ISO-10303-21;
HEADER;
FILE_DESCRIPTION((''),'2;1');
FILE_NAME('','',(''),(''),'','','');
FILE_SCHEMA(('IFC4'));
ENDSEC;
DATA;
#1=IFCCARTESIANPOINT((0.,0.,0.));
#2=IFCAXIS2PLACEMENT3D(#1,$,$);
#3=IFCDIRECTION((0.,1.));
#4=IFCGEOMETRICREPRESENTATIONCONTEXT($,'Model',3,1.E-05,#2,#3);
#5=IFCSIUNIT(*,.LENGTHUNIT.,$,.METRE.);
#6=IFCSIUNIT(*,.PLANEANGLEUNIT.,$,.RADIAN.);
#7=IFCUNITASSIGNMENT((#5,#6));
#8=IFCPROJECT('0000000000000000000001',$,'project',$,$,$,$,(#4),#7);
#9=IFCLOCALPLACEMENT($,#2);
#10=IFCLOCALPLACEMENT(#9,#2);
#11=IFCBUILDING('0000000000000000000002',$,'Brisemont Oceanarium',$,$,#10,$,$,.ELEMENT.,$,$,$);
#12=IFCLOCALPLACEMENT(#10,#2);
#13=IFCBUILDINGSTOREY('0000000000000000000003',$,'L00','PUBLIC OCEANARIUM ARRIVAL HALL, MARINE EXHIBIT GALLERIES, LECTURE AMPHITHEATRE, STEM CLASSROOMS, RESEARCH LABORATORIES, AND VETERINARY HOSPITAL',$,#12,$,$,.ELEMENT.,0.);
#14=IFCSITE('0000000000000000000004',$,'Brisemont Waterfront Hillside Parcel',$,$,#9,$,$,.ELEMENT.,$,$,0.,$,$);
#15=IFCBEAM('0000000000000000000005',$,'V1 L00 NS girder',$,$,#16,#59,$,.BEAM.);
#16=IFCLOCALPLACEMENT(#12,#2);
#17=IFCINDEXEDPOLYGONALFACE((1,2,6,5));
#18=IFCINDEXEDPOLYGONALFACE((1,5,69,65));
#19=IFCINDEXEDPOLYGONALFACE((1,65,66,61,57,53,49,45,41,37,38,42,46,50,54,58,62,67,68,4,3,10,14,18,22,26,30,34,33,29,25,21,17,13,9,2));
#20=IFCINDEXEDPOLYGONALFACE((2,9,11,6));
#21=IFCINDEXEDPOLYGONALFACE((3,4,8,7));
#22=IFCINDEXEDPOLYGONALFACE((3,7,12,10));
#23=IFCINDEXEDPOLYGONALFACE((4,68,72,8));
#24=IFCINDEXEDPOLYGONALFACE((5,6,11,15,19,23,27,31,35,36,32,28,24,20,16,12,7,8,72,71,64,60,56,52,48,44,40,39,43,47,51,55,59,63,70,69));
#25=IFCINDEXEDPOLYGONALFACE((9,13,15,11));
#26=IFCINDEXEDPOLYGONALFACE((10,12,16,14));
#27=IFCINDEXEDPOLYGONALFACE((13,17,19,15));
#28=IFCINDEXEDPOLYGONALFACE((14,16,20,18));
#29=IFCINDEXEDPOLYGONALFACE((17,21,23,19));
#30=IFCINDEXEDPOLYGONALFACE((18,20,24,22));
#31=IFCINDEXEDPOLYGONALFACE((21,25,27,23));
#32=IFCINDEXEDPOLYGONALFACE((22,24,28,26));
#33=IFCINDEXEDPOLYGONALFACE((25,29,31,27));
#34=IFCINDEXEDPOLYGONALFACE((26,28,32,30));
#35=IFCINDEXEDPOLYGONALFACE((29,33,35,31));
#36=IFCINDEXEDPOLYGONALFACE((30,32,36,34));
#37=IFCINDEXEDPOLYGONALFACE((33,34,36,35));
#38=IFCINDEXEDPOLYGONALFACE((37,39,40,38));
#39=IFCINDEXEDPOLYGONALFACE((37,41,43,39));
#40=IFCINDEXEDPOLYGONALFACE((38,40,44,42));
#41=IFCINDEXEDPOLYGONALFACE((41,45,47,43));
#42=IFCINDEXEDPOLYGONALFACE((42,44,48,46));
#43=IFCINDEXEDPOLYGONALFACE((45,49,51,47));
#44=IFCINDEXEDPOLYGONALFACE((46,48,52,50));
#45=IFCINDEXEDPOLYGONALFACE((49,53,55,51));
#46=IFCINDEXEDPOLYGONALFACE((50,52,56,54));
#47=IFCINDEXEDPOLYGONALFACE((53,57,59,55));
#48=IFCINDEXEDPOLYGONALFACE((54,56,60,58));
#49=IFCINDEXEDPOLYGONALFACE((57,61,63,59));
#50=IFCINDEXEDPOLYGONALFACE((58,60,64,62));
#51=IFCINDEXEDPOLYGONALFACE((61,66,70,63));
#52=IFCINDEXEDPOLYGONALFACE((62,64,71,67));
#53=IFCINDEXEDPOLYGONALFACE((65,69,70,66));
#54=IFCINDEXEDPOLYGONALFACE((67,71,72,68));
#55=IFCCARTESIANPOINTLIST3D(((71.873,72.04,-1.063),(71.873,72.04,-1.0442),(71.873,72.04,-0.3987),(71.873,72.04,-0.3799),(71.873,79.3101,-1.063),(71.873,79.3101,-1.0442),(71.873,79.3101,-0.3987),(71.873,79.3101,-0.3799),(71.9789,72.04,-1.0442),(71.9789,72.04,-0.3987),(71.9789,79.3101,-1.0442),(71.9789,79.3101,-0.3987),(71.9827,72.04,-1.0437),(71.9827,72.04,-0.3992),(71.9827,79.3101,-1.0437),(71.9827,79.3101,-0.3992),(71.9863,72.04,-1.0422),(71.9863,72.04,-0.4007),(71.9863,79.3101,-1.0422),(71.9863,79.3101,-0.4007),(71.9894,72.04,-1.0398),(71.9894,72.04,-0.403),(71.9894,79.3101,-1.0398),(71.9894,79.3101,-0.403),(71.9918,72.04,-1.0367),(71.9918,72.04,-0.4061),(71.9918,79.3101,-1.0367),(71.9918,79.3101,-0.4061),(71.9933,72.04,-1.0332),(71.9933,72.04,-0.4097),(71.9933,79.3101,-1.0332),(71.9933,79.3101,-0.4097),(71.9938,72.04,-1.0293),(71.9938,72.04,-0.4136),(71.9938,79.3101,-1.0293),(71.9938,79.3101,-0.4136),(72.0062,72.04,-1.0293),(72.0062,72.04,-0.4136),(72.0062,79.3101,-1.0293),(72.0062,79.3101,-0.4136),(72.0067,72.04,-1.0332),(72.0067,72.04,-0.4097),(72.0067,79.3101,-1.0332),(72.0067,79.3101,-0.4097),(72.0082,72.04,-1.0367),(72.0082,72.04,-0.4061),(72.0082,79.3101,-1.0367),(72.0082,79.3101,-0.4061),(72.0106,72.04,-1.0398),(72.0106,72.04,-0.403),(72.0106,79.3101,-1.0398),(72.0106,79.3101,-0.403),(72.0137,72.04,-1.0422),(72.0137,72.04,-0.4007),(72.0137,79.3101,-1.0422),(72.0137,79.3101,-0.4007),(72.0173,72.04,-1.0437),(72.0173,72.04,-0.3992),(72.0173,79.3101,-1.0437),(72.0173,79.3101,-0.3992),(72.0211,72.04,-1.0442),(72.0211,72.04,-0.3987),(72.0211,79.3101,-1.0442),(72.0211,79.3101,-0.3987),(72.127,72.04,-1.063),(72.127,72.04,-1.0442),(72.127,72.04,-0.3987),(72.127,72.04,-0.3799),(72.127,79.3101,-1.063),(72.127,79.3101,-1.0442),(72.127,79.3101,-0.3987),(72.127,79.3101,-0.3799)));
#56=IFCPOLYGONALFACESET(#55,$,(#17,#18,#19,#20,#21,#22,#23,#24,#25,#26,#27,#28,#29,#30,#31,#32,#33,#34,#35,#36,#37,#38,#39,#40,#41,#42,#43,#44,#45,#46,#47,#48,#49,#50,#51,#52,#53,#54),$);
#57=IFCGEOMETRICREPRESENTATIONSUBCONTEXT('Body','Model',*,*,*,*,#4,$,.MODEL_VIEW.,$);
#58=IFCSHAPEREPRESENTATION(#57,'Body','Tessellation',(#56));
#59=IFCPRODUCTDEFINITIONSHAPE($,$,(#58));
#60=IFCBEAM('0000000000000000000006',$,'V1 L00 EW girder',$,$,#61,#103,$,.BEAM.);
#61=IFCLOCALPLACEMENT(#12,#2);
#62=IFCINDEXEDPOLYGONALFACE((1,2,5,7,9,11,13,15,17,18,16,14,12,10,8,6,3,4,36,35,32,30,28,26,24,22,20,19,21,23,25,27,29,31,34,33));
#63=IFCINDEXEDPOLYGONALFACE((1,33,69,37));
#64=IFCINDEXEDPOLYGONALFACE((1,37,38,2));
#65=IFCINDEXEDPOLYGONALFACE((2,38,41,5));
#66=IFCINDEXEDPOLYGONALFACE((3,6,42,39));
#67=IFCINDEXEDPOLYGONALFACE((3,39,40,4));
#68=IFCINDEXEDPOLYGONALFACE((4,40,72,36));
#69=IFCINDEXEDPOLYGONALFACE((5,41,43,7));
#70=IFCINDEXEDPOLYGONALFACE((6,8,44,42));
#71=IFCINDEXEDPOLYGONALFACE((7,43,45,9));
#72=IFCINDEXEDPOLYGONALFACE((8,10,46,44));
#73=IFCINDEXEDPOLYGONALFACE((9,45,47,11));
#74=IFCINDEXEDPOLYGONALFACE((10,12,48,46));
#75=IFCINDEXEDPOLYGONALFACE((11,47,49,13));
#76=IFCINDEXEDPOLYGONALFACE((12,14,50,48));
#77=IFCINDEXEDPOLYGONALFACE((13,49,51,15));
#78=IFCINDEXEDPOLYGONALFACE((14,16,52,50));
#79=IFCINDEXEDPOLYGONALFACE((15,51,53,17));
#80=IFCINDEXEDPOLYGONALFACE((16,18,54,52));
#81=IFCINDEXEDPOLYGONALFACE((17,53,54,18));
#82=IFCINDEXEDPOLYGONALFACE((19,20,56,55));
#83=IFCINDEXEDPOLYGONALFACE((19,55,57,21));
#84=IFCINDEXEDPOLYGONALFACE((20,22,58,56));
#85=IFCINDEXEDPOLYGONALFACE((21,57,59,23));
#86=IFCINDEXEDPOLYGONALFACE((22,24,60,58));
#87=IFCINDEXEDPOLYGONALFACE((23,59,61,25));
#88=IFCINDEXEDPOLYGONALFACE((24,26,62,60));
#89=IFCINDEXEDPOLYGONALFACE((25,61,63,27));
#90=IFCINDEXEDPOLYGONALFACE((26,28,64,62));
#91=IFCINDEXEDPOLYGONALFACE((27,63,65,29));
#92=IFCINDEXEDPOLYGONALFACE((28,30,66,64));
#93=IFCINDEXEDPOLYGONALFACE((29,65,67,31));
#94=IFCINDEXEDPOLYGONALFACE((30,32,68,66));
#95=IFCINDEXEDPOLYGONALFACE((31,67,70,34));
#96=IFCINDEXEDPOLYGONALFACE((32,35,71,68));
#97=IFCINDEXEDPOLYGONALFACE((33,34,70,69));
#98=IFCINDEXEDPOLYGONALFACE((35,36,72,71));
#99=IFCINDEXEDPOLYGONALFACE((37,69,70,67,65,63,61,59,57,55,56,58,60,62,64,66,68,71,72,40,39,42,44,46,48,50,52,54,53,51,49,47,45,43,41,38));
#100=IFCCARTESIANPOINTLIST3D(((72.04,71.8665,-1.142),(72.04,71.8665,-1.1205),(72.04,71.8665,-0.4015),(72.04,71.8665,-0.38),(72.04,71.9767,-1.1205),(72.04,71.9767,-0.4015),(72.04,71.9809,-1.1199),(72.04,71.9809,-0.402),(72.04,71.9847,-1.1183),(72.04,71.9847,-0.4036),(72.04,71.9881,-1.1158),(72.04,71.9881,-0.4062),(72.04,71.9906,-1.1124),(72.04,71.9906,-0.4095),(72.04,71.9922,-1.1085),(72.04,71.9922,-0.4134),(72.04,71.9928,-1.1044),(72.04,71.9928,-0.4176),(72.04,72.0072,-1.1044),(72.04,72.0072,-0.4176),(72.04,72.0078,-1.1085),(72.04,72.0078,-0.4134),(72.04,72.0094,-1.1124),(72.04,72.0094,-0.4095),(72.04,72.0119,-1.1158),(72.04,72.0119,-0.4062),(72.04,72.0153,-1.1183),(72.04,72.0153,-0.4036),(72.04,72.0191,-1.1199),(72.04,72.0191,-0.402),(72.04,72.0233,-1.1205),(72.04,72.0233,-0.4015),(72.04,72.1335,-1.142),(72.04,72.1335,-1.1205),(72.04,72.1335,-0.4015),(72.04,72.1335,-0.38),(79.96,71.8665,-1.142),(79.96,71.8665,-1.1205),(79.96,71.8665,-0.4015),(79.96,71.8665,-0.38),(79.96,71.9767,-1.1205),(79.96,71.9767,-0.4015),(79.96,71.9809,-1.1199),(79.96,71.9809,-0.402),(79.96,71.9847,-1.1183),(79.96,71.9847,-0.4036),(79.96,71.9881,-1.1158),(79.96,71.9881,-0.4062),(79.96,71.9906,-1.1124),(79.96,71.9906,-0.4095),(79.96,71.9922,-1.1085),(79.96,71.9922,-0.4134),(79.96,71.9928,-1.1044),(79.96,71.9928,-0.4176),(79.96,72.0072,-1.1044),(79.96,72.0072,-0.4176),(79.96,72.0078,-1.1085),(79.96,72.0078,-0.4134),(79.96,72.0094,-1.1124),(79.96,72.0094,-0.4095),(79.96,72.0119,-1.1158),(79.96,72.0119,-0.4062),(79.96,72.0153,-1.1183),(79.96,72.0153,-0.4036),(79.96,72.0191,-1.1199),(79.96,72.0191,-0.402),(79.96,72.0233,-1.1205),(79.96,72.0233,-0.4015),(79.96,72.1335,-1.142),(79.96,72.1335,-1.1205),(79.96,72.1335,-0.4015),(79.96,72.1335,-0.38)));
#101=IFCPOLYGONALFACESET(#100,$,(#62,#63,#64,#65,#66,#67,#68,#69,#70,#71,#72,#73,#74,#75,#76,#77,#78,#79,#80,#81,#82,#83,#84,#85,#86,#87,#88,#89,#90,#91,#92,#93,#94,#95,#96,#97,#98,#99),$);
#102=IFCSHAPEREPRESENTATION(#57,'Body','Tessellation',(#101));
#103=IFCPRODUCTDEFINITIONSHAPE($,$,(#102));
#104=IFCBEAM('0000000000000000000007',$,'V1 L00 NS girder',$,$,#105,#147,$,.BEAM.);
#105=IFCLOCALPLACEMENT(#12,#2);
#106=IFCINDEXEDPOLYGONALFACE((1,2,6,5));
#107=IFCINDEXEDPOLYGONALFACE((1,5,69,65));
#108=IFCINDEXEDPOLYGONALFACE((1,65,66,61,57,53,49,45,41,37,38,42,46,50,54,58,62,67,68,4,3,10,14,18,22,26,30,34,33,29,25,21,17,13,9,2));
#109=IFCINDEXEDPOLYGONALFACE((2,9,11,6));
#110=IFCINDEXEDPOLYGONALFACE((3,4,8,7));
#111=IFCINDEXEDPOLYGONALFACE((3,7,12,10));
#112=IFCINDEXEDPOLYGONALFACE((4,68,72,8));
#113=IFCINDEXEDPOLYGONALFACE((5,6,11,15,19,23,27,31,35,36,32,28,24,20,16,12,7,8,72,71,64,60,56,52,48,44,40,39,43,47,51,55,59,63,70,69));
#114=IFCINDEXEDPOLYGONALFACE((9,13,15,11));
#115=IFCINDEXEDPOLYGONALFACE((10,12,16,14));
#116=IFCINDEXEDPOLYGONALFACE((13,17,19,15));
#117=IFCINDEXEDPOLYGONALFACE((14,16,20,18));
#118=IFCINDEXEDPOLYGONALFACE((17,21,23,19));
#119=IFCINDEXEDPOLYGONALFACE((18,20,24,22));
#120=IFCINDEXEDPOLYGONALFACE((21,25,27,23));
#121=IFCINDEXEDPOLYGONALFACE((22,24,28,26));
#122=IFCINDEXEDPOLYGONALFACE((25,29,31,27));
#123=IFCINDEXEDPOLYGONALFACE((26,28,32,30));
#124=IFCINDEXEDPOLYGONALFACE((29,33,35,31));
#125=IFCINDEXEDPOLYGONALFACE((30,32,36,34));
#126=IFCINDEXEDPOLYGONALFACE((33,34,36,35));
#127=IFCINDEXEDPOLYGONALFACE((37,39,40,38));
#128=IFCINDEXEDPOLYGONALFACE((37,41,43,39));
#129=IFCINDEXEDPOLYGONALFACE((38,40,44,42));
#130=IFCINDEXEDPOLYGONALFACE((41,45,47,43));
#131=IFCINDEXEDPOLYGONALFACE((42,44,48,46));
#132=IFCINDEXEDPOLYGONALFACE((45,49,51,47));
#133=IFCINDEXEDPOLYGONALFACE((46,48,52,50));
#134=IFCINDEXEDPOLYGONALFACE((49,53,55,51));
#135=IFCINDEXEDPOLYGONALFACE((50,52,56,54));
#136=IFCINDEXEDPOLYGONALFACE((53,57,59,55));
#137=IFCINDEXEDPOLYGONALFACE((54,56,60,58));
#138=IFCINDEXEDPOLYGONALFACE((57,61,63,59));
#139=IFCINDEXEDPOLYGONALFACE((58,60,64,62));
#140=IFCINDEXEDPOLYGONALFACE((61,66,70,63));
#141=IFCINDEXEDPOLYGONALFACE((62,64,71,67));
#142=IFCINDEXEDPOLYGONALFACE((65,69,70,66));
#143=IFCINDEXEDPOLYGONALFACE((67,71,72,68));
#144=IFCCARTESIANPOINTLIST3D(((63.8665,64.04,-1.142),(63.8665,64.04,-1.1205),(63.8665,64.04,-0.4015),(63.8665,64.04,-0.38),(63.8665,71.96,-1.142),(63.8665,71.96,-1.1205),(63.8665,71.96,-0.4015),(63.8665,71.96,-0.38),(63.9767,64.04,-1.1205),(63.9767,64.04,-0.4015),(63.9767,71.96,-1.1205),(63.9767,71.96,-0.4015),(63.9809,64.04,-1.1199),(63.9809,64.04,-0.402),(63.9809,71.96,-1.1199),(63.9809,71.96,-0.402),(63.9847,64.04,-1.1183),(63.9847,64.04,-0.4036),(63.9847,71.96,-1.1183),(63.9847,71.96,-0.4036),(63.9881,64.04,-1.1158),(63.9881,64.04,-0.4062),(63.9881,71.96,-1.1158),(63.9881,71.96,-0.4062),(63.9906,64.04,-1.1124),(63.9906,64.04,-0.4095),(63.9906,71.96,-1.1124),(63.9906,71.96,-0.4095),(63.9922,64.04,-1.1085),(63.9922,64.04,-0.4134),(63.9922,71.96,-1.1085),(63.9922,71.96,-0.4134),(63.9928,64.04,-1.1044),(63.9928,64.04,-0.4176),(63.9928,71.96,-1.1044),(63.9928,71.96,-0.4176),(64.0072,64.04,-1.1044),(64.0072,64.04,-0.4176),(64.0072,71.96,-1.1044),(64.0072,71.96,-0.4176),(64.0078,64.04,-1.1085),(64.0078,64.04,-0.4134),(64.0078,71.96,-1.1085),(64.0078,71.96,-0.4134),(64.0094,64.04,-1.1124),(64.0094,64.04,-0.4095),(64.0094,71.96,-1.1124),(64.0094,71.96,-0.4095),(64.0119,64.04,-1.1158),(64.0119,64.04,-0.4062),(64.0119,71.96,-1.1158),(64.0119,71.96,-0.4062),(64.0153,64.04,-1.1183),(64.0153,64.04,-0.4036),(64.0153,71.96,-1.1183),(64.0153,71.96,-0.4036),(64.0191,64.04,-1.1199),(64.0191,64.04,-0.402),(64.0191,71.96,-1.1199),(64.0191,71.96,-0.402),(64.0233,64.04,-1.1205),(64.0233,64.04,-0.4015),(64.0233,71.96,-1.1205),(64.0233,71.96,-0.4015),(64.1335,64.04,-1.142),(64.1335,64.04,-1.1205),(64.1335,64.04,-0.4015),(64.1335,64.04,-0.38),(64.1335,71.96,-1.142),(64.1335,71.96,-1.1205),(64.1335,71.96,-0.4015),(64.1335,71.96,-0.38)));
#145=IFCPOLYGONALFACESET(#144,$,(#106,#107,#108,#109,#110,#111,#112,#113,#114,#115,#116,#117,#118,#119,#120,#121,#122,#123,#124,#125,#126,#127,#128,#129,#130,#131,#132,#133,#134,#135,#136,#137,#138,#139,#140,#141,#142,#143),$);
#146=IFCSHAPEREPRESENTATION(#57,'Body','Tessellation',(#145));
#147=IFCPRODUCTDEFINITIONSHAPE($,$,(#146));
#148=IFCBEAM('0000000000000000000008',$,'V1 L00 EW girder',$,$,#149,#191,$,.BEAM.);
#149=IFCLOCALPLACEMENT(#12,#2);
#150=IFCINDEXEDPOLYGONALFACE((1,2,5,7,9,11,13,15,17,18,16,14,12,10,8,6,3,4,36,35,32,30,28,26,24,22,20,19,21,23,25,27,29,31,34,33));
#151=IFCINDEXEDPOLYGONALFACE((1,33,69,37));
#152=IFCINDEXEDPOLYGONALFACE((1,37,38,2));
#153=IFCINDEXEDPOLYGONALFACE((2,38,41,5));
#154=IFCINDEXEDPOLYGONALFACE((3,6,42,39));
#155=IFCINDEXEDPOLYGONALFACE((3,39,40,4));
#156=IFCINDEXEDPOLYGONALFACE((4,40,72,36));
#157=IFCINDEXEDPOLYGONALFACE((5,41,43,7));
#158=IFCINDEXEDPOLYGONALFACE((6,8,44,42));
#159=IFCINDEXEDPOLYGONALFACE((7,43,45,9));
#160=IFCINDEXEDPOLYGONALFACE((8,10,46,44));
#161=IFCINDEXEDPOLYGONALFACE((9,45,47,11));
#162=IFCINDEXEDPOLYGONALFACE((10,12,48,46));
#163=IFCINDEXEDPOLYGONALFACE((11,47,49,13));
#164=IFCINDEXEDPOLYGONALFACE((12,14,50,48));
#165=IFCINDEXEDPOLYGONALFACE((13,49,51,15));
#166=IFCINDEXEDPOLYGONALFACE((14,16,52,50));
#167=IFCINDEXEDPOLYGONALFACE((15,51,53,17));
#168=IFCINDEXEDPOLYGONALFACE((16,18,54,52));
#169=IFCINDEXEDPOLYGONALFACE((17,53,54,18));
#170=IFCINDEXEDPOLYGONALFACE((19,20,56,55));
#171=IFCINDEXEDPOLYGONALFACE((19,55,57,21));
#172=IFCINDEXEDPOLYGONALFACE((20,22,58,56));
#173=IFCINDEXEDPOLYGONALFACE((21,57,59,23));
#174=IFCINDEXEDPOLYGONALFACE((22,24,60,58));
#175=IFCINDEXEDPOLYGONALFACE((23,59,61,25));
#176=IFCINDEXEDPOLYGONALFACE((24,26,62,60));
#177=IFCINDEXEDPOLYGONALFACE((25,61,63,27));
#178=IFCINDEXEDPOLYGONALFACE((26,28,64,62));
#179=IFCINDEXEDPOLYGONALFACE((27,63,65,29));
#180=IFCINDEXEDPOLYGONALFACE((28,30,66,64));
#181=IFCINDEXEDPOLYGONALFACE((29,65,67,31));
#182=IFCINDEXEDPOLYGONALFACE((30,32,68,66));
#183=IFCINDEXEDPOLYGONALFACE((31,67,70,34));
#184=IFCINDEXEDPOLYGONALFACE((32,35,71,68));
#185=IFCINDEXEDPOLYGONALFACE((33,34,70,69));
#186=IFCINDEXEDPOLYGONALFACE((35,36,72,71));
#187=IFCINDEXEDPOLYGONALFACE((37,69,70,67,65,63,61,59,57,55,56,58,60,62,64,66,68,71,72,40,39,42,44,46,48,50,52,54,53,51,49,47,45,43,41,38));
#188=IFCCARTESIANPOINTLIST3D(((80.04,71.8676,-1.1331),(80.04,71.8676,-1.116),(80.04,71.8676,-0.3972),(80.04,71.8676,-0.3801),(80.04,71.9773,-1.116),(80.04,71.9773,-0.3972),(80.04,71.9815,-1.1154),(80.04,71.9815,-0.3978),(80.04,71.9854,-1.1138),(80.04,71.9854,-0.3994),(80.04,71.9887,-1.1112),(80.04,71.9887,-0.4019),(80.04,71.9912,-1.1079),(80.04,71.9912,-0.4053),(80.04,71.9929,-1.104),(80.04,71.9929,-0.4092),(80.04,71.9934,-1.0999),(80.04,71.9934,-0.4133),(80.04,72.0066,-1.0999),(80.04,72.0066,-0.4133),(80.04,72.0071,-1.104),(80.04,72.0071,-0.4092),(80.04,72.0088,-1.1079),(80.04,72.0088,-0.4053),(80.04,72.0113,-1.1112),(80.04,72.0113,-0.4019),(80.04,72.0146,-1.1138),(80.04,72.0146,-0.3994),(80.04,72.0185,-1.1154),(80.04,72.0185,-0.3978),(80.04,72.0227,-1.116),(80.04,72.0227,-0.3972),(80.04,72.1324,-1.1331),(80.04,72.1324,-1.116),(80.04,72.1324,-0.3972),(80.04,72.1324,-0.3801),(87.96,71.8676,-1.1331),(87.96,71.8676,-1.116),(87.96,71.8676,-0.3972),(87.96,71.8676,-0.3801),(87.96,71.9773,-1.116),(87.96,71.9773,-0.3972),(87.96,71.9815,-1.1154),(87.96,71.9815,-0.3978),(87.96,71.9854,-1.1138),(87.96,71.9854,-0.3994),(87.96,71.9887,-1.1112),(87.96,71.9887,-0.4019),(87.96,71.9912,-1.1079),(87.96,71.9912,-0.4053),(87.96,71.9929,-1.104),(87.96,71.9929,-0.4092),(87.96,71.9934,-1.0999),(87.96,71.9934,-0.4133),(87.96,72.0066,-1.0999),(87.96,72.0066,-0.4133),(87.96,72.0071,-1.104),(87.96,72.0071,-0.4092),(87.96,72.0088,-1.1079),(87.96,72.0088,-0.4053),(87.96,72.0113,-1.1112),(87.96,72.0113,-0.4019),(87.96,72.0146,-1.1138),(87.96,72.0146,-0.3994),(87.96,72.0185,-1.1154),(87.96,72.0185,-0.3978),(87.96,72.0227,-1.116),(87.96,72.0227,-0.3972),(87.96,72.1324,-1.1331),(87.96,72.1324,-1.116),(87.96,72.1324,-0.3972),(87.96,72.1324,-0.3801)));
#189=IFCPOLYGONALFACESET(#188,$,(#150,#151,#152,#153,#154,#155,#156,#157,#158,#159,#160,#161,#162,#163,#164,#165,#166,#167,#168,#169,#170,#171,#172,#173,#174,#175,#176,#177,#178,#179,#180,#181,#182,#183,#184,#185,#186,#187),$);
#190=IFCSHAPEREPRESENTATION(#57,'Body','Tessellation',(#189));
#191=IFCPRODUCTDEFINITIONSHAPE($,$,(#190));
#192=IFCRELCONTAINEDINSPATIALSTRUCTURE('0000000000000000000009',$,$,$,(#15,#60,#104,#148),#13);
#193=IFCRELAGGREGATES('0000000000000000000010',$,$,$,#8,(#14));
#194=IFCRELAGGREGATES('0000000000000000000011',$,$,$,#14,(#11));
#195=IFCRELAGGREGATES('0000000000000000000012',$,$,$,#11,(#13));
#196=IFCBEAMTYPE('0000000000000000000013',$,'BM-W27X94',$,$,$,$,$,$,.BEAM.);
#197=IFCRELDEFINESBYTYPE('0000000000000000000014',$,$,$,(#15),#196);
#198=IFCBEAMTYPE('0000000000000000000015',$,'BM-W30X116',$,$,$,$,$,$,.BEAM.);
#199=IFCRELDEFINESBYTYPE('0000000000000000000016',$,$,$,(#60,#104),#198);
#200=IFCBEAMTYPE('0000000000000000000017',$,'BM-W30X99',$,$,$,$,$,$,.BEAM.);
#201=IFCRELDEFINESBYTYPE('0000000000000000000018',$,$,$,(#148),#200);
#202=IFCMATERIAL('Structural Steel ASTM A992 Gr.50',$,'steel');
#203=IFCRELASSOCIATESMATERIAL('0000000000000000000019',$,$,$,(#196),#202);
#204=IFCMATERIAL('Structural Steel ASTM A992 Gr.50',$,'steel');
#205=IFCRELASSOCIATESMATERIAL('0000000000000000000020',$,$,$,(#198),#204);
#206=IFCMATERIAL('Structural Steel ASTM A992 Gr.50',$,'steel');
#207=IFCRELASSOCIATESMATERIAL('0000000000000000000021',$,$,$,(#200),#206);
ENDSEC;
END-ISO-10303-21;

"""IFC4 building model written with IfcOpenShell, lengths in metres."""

from ifc_helpers import new_model, si_unit, direction, frame, origin, origin_2d, place, context, subcontext, project, spatial, i_section, extrude, material, material_profile, profile_set, type_object, element, save


model = new_model("IFC4")

# Units and contexts
model_context = context("Model", 3, precision=1e-05, world=origin(), true_north=direction((0.0, 1.0)))
body_context = subcontext(model_context, "Body", "Model", "MODEL_VIEW")
ifc_project = project(units=[si_unit("LENGTHUNIT", "METRE"), si_unit("PLANEANGLEUNIT", "RADIAN")], contexts=[model_context])

# Site, building, storey
site_placement = place(None, origin())
site = spatial("IfcSite", under=ifc_project, at=site_placement, Name="Brisemont Waterfront Hillside Parcel", CompositionType="ELEMENT", RefElevation=0.0)
building_placement = place(site_placement, origin())
building = spatial("IfcBuilding", under=site, at=building_placement, Name="Brisemont Oceanarium", CompositionType="ELEMENT")
storey_placement = place(building_placement, origin())
storey = spatial("IfcBuildingStorey", under=building, at=storey_placement, Name="L00", Description="PUBLIC OCEANARIUM ARRIVAL HALL, MARINE EXHIBIT GALLERIES, LECTURE AMPHITHEATRE, STEM CLASSROOMS, RESEARCH LABORATORIES, AND VETERINARY HOSPITAL", CompositionType="ELEMENT", Elevation=0.0)

# Beams
ifc_material_1 = material(Name="Structural Steel ASTM A992 Gr.50", Category="steel")
ifc_material_profile_1 = material_profile(ifc_material_1, i_section(OverallWidth=0.2539, OverallDepth=0.6831, WebThickness=0.0125, FlangeThickness=0.0188, FilletRadius=0.0149, at=origin_2d()), Name="W27X94")
ifc_profile_set_1 = profile_set([ifc_material_profile_1], Name="Structural Steel ASTM A992 Gr.50")
beam_type_1 = type_object("IfcBeamType", Name="BM-W27X94", PredefinedType="BEAM", material=ifc_profile_set_1)
beam_1_placement = place(storey_placement, frame((72.0, 72.04, -0.7214), z_axis=(0.0, 1.0, 0.0), x_axis=(-1.0, 0.0, 0.0)))
element("IfcBeam", 1, at=beam_1_placement, inside=storey, type_object=beam_type_1, Name="V1 L00 NS girder", PredefinedType="BEAM", context=body_context, shape_type="SweptSolid", body=[
    extrude(i_section(OverallWidth=0.2539, OverallDepth=0.6831, WebThickness=0.0125, FlangeThickness=0.0188, FilletRadius=0.0149, at=origin_2d()), origin(), (0.0, 0.0, 1.0), 7.27),
])
ifc_material_2 = material(Name="Structural Steel ASTM A992 Gr.50", Category="steel")
ifc_material_profile_2 = material_profile(ifc_material_2, i_section(OverallWidth=0.2671, OverallDepth=0.762, WebThickness=0.0144, FlangeThickness=0.0215, FilletRadius=0.0161, at=origin_2d()), Name="W30X116")
ifc_profile_set_2 = profile_set([ifc_material_profile_2], Name="Structural Steel ASTM A992 Gr.50")
beam_type_2 = type_object("IfcBeamType", Name="BM-W30X116", PredefinedType="BEAM", material=ifc_profile_set_2)
for number, where, z_axis, x_axis, name in (
    (2, (72.04, 72.0, -0.761), (1.0, 0.0, 0.0), (0.0, 1.0, 0.0), "V1 L00 EW girder"),
    (3, (64.0, 64.04, -0.761), (0.0, 1.0, 0.0), (-1.0, 0.0, 0.0), "V1 L00 NS girder"),
):
    element("IfcBeam", number, at=place(storey_placement, frame(where, z_axis=z_axis, x_axis=x_axis)), inside=storey, type_object=beam_type_2, Name=name, PredefinedType="BEAM", context=body_context, shape_type="SweptSolid", body=[
        extrude(i_section(OverallWidth=0.2671, OverallDepth=0.762, WebThickness=0.0144, FlangeThickness=0.0215, FilletRadius=0.0161, at=origin_2d()), origin(), (0.0, 0.0, 1.0), 7.9199),
    ])
ifc_material_3 = material(Name="Structural Steel ASTM A992 Gr.50", Category="steel")
ifc_material_profile_3 = material_profile(ifc_material_3, i_section(OverallWidth=0.2649, OverallDepth=0.7529, WebThickness=0.0132, FlangeThickness=0.0171, FilletRadius=0.0161, at=origin_2d()), Name="W30X99")
ifc_profile_set_3 = profile_set([ifc_material_profile_3], Name="Structural Steel ASTM A992 Gr.50")
beam_type_3 = type_object("IfcBeamType", Name="BM-W30X99", PredefinedType="BEAM", material=ifc_profile_set_3)
beam_2_placement = place(storey_placement, frame((80.04, 72.0, -0.7566), z_axis=(1.0, 0.0, 0.0), x_axis=(0.0, 1.0, 0.0)))
element("IfcBeam", 4, at=beam_2_placement, inside=storey, type_object=beam_type_3, Name="V1 L00 EW girder", PredefinedType="BEAM", context=body_context, shape_type="SweptSolid", body=[
    extrude(i_section(OverallWidth=0.2649, OverallDepth=0.7529, WebThickness=0.0132, FlangeThickness=0.0171, FilletRadius=0.0161, at=origin_2d()), origin(), (0.0, 0.0, 1.0), 7.9199),
])

save(model, "model.ifc")
